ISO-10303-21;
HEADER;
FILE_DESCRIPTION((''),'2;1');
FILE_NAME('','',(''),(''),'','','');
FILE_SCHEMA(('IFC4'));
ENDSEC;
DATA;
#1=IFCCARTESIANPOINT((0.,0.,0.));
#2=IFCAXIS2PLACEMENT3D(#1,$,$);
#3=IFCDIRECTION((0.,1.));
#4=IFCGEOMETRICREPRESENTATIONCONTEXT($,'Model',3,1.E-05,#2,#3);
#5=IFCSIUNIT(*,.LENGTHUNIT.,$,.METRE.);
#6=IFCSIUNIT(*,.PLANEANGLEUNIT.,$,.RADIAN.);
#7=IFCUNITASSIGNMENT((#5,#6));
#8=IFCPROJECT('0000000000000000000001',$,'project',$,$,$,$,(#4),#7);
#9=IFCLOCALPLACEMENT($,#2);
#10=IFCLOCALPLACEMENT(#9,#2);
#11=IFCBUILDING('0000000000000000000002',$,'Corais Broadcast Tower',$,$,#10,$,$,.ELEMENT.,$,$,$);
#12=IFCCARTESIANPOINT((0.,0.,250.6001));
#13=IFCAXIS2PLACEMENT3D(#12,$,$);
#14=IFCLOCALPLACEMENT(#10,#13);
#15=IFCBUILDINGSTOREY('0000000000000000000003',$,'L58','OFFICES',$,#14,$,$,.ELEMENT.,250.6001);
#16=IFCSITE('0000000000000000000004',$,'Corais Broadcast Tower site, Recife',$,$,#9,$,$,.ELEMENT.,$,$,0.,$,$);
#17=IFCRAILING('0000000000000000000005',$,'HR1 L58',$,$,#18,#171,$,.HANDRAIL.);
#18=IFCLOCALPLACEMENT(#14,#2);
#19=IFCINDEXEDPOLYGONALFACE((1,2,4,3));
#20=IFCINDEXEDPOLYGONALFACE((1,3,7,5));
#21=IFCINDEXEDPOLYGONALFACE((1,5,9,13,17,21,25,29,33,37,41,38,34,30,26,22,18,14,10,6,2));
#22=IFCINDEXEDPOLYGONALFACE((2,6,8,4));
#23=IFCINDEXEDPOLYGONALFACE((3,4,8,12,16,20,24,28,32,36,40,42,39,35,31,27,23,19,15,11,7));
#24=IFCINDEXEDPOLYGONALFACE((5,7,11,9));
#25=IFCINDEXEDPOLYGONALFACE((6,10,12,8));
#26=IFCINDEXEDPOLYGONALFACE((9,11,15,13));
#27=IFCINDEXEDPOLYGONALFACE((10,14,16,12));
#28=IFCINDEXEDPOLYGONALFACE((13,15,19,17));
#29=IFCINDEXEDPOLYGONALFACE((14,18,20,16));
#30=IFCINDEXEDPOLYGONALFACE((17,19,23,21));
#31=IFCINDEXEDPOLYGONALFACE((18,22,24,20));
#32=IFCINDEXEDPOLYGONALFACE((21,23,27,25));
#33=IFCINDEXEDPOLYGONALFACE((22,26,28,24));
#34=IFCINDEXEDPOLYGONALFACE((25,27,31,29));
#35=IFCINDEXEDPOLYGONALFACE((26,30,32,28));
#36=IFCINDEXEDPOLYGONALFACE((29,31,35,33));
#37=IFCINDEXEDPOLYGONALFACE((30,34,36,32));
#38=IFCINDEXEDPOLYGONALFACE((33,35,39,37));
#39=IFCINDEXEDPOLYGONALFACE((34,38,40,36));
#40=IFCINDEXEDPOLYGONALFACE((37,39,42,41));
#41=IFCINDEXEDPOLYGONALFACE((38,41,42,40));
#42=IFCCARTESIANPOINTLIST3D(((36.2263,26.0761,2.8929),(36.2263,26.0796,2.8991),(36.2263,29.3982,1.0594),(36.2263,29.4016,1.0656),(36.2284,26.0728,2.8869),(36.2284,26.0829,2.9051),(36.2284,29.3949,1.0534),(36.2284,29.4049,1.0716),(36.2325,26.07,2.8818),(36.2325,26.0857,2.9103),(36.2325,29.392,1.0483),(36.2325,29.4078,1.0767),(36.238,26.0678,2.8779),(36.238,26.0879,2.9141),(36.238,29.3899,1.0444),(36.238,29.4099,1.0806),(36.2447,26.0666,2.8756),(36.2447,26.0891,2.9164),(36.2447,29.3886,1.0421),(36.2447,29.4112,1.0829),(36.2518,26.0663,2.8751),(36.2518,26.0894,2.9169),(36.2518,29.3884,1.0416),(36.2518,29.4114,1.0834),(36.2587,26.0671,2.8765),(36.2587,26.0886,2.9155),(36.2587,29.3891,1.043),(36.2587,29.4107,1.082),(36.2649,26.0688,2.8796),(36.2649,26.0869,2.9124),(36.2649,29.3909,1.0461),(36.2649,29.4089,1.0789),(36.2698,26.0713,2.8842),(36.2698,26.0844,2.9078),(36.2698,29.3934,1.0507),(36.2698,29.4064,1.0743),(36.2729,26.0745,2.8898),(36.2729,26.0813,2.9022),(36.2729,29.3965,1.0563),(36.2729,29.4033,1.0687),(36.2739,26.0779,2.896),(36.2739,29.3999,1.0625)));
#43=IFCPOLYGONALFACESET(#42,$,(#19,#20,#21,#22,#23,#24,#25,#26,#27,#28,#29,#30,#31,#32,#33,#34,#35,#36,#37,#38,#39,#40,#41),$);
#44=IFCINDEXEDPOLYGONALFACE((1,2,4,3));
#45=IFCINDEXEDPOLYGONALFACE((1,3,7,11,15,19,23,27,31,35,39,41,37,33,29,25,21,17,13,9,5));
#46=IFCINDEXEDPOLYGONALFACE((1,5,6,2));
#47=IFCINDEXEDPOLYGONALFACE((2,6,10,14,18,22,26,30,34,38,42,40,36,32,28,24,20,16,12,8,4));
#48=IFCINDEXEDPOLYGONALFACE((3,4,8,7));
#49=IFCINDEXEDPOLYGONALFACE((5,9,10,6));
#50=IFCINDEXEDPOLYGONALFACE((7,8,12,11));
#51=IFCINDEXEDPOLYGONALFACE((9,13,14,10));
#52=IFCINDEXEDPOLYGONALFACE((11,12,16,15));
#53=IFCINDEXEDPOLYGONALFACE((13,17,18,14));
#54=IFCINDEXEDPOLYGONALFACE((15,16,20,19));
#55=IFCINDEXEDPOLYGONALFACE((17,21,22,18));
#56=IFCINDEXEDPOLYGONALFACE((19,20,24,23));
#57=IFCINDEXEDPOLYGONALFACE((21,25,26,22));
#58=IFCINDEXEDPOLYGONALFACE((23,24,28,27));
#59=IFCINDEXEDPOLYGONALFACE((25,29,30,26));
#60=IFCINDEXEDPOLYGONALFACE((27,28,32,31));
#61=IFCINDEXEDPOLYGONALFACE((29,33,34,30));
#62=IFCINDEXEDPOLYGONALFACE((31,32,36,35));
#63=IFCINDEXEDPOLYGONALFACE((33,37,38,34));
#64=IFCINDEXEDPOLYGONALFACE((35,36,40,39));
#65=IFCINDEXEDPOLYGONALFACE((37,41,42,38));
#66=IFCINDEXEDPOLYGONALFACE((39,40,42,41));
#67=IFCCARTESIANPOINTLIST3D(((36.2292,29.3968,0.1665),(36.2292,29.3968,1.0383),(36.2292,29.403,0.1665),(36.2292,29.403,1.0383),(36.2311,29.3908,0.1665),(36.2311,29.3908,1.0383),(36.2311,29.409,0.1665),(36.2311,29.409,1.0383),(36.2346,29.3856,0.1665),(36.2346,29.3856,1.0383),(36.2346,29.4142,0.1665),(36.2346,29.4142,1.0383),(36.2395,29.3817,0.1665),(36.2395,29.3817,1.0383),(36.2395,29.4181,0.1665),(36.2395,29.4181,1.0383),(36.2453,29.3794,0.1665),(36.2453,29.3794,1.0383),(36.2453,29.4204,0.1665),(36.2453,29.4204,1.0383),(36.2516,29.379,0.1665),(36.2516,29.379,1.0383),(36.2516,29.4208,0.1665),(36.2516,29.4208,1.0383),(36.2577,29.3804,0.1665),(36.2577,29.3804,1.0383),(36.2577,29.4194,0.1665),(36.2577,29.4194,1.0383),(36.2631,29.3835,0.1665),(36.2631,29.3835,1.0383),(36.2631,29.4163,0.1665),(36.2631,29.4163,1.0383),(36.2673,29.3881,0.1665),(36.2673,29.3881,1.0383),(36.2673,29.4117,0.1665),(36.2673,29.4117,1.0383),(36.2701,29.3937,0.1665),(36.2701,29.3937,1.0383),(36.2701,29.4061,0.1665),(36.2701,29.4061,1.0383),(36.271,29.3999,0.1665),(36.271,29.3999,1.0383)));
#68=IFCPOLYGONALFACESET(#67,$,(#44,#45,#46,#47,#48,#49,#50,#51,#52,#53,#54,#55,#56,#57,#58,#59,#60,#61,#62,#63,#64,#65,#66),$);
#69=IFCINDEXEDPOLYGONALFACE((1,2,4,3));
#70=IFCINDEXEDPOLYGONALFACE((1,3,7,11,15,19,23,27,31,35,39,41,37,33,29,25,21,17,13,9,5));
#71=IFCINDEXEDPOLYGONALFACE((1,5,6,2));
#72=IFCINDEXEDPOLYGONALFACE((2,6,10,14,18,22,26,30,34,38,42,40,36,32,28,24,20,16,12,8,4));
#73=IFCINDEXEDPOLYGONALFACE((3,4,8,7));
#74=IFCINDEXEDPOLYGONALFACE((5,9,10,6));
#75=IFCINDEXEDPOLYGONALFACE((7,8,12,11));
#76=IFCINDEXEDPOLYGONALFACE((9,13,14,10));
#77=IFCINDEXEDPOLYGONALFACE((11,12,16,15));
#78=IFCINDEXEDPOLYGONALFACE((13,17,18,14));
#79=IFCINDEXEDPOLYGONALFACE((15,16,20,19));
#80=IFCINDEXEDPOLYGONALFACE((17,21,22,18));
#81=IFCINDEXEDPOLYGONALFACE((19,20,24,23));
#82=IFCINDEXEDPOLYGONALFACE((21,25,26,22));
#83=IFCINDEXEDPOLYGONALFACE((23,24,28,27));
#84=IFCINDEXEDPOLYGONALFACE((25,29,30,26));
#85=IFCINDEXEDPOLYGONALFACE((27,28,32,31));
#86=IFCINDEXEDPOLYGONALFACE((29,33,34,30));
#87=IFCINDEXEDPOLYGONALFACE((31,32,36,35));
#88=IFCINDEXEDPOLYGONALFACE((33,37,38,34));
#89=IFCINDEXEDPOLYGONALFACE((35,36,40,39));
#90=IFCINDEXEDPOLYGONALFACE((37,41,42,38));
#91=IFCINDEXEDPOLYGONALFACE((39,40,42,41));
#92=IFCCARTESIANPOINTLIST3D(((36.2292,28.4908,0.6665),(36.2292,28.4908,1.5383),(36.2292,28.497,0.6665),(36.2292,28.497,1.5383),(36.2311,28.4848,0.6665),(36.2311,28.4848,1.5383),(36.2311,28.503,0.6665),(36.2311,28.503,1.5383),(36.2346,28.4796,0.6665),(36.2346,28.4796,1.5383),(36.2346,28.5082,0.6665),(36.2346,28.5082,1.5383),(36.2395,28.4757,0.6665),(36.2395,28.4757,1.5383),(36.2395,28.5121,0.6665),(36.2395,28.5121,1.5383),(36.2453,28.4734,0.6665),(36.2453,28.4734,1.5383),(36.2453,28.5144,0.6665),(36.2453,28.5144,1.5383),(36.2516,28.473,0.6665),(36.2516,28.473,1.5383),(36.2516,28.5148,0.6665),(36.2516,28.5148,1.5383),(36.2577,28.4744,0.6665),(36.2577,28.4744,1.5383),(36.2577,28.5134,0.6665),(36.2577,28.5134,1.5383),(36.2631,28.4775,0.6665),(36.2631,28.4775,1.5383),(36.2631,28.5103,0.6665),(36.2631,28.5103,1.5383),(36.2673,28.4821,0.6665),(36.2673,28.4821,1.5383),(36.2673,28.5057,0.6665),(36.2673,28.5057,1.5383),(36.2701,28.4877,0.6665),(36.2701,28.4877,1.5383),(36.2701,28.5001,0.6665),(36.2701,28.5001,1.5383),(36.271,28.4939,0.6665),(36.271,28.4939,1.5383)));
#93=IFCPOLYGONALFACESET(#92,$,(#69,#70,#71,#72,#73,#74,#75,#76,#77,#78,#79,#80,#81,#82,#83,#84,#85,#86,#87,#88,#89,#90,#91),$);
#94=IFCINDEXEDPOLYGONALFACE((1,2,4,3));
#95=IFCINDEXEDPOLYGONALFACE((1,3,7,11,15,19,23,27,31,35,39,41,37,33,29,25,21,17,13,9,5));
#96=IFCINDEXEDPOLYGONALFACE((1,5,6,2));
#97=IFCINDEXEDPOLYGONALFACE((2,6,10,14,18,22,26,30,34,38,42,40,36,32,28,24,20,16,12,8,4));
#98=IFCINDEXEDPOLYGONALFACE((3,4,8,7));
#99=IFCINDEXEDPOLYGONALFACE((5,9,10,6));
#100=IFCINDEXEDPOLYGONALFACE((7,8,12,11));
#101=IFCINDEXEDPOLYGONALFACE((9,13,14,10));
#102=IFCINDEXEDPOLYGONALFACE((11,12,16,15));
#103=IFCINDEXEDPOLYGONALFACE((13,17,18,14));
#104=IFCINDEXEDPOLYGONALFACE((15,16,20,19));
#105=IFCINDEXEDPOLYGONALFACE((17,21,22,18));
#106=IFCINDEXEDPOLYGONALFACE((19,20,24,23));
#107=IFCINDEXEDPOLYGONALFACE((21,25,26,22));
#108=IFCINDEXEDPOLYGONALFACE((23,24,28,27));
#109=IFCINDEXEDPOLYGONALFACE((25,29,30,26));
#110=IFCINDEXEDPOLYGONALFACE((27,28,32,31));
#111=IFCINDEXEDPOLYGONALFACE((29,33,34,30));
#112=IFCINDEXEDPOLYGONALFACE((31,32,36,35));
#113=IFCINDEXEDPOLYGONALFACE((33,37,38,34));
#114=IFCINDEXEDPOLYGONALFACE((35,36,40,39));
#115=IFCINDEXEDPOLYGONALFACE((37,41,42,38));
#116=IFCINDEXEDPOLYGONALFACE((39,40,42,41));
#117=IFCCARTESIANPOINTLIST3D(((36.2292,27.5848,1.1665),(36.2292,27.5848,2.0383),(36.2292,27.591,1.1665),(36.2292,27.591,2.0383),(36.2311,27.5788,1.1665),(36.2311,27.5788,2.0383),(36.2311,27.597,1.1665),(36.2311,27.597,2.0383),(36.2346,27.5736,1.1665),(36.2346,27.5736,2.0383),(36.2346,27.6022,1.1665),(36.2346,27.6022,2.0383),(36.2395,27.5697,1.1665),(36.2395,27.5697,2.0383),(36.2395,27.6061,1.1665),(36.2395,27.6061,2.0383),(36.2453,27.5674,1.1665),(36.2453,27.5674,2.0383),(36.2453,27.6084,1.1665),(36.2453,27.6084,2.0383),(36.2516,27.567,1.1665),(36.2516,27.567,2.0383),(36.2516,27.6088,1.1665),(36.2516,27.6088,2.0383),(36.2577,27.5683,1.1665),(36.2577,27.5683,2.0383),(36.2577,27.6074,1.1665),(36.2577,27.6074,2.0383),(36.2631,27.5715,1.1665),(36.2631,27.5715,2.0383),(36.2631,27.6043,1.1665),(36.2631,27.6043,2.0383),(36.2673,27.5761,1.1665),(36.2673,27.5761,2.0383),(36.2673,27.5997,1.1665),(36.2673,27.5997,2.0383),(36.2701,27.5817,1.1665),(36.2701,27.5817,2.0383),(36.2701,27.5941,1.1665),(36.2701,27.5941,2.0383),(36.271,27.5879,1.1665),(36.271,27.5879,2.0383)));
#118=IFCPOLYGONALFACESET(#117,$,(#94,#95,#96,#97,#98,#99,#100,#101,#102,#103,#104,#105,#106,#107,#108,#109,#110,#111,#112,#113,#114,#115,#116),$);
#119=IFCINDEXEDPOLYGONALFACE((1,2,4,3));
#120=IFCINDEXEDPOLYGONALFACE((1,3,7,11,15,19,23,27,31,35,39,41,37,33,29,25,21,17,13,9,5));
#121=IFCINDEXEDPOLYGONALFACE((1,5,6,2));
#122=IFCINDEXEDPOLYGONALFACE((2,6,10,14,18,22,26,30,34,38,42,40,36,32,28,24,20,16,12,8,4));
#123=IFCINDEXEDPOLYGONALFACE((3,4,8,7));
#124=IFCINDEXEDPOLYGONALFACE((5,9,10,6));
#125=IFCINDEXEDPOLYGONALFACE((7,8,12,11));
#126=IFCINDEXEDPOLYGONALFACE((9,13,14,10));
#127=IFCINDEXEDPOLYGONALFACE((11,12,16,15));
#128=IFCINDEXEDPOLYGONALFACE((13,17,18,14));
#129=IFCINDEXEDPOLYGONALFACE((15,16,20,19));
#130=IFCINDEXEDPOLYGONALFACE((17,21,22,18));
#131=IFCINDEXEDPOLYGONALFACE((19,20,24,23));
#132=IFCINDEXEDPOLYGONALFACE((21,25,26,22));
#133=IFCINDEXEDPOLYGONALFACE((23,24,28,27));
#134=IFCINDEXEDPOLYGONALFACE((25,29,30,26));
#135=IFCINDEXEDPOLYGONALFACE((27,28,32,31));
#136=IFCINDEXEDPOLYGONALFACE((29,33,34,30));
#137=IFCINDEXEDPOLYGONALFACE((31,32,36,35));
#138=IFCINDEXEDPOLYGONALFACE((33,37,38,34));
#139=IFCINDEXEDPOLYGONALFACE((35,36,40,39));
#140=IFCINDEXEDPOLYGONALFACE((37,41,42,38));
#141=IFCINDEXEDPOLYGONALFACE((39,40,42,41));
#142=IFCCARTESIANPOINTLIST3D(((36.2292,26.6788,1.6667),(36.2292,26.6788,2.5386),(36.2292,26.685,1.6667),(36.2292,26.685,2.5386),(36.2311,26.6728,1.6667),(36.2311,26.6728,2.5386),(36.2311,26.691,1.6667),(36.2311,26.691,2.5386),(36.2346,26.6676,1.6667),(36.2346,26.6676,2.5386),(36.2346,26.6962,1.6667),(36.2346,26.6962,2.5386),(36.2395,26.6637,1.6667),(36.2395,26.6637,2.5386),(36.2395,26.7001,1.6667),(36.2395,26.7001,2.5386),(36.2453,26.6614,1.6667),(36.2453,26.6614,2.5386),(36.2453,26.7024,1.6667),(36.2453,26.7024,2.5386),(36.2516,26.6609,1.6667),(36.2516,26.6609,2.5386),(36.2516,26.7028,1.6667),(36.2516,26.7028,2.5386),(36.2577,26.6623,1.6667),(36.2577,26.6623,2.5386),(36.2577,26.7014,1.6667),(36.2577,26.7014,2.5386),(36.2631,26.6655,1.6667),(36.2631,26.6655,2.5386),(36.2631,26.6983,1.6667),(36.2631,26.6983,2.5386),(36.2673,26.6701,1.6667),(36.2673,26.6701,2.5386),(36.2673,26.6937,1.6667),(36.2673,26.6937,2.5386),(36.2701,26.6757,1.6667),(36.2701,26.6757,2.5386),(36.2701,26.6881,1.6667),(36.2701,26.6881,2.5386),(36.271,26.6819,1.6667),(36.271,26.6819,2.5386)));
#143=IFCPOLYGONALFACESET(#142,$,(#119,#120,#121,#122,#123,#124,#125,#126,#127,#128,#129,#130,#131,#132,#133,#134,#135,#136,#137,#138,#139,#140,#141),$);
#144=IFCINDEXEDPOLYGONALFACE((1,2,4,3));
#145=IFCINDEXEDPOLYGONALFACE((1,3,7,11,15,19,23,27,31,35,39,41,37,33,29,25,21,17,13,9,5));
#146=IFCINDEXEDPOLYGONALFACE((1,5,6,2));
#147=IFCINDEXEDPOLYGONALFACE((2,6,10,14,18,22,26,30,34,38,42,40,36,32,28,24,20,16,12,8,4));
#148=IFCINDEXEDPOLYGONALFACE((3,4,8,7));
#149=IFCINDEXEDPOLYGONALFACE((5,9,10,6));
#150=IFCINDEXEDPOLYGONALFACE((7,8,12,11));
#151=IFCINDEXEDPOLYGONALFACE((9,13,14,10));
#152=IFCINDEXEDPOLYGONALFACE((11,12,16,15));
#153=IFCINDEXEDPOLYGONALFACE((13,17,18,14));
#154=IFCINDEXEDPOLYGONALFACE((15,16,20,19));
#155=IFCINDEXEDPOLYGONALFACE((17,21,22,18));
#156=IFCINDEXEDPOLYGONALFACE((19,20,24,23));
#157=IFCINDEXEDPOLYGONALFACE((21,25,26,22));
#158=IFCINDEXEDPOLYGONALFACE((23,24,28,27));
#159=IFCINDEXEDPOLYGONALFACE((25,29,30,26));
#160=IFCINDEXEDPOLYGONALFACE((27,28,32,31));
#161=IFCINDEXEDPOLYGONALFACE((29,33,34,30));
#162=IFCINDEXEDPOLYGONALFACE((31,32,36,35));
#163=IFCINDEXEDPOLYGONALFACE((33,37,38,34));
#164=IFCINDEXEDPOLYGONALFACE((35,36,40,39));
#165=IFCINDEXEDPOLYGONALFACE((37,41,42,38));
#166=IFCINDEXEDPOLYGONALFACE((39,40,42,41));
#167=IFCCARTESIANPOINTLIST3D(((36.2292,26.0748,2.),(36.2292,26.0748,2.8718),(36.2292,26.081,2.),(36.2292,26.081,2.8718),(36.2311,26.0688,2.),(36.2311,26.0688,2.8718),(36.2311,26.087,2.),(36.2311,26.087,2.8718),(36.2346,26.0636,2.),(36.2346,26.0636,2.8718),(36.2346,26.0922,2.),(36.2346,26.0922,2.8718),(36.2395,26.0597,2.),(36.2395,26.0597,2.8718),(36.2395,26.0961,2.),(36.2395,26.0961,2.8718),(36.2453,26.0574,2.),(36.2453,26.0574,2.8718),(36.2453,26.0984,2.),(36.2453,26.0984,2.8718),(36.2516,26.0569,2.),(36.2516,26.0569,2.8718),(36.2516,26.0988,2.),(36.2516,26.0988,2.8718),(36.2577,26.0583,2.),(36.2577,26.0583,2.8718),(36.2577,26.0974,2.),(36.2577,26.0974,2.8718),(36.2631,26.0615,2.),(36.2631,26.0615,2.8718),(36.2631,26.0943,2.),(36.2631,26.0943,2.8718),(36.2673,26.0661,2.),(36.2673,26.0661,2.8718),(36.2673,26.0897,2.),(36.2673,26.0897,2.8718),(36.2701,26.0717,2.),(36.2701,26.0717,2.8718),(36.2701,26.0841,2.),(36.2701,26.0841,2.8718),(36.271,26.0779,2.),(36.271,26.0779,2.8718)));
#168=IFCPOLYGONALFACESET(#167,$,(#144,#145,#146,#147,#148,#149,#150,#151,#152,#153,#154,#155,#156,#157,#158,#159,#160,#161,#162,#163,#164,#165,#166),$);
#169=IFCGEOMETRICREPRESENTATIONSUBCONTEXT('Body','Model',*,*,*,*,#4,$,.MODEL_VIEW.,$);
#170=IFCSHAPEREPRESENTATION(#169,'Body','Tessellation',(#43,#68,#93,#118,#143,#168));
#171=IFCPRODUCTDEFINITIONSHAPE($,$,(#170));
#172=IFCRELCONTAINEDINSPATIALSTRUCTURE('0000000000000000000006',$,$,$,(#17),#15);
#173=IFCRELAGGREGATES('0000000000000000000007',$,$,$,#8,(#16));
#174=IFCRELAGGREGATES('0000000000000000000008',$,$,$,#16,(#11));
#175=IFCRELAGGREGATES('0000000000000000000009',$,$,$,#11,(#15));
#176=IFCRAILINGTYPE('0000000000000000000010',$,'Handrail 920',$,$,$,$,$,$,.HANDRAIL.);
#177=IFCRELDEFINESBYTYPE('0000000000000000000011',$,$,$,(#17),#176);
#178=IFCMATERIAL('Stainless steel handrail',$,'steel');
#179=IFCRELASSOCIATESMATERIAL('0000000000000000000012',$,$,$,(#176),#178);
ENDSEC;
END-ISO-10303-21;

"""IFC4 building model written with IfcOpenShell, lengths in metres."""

from ifc_helpers import new_model, si_unit, direction, frame, origin, origin_2d, place, context, subcontext, project, spatial, circle, extrude, material, type_object, element, save


model = new_model("IFC4")

# Units and contexts
model_context = context("Model", 3, precision=1e-05, world=origin(), true_north=direction((0.0, 1.0)))
body_context = subcontext(model_context, "Body", "Model", "MODEL_VIEW")
ifc_project = project(units=[si_unit("LENGTHUNIT", "METRE"), si_unit("PLANEANGLEUNIT", "RADIAN")], contexts=[model_context])

# Site, building, storey
site_placement = place(None, origin())
site = spatial("IfcSite", under=ifc_project, at=site_placement, Name="Corais Broadcast Tower site, Recife", CompositionType="ELEMENT", RefElevation=0.0)
building_placement = place(site_placement, origin())
building = spatial("IfcBuilding", under=site, at=building_placement, Name="Corais Broadcast Tower", CompositionType="ELEMENT")
storey_placement = place(building_placement, frame((0.0, 0.0, 250.6001)))
storey = spatial("IfcBuildingStorey", under=building, at=storey_placement, Name="L58", Description="OFFICES", CompositionType="ELEMENT", Elevation=250.6001)

# Railing
ifc_material_1 = material(Name="Stainless steel handrail", Category="steel")
railing_type = type_object("IfcRailingType", Name="Handrail 920", PredefinedType="HANDRAIL", material=ifc_material_1)
for number, where, name in (
    (1, (36.25, 29.3999, 0.1665), "HR1 L58"),
):
    element("IfcRailing", number, at=place(storey_placement, frame(where)), inside=storey, type_object=railing_type, Name=name, PredefinedType="HANDRAIL", context=body_context, shape_type="SweptSolid", body=[
        extrude(circle(Radius=0.0239, at=origin_2d()), frame((0.0, 0.0, 0.896), z_axis=(0.0, -0.875504, 0.48321), x_axis=(1.0, 0.0, 0.0)), (0.0, 0.0, 1.0), 3.7944),
        extrude(circle(Radius=0.021, at=origin_2d()), origin(), (0.0, 0.0, 1.0), 0.8718),
        extrude(circle(Radius=0.021, at=origin_2d()), frame((0.0, -0.906, 0.5)), (0.0, 0.0, 1.0), 0.8718),
        extrude(circle(Radius=0.021, at=origin_2d()), frame((0.0, -1.812, 1.0)), (0.0, 0.0, 1.0), 0.8718),
        extrude(circle(Radius=0.021, at=origin_2d()), frame((0.0, -2.718, 1.5002)), (0.0, 0.0, 1.0), 0.8718),
        extrude(circle(Radius=0.021, at=origin_2d()), frame((0.0, -3.322, 1.8335)), (0.0, 0.0, 1.0), 0.8718),
    ])

save(model, "model.ifc")
